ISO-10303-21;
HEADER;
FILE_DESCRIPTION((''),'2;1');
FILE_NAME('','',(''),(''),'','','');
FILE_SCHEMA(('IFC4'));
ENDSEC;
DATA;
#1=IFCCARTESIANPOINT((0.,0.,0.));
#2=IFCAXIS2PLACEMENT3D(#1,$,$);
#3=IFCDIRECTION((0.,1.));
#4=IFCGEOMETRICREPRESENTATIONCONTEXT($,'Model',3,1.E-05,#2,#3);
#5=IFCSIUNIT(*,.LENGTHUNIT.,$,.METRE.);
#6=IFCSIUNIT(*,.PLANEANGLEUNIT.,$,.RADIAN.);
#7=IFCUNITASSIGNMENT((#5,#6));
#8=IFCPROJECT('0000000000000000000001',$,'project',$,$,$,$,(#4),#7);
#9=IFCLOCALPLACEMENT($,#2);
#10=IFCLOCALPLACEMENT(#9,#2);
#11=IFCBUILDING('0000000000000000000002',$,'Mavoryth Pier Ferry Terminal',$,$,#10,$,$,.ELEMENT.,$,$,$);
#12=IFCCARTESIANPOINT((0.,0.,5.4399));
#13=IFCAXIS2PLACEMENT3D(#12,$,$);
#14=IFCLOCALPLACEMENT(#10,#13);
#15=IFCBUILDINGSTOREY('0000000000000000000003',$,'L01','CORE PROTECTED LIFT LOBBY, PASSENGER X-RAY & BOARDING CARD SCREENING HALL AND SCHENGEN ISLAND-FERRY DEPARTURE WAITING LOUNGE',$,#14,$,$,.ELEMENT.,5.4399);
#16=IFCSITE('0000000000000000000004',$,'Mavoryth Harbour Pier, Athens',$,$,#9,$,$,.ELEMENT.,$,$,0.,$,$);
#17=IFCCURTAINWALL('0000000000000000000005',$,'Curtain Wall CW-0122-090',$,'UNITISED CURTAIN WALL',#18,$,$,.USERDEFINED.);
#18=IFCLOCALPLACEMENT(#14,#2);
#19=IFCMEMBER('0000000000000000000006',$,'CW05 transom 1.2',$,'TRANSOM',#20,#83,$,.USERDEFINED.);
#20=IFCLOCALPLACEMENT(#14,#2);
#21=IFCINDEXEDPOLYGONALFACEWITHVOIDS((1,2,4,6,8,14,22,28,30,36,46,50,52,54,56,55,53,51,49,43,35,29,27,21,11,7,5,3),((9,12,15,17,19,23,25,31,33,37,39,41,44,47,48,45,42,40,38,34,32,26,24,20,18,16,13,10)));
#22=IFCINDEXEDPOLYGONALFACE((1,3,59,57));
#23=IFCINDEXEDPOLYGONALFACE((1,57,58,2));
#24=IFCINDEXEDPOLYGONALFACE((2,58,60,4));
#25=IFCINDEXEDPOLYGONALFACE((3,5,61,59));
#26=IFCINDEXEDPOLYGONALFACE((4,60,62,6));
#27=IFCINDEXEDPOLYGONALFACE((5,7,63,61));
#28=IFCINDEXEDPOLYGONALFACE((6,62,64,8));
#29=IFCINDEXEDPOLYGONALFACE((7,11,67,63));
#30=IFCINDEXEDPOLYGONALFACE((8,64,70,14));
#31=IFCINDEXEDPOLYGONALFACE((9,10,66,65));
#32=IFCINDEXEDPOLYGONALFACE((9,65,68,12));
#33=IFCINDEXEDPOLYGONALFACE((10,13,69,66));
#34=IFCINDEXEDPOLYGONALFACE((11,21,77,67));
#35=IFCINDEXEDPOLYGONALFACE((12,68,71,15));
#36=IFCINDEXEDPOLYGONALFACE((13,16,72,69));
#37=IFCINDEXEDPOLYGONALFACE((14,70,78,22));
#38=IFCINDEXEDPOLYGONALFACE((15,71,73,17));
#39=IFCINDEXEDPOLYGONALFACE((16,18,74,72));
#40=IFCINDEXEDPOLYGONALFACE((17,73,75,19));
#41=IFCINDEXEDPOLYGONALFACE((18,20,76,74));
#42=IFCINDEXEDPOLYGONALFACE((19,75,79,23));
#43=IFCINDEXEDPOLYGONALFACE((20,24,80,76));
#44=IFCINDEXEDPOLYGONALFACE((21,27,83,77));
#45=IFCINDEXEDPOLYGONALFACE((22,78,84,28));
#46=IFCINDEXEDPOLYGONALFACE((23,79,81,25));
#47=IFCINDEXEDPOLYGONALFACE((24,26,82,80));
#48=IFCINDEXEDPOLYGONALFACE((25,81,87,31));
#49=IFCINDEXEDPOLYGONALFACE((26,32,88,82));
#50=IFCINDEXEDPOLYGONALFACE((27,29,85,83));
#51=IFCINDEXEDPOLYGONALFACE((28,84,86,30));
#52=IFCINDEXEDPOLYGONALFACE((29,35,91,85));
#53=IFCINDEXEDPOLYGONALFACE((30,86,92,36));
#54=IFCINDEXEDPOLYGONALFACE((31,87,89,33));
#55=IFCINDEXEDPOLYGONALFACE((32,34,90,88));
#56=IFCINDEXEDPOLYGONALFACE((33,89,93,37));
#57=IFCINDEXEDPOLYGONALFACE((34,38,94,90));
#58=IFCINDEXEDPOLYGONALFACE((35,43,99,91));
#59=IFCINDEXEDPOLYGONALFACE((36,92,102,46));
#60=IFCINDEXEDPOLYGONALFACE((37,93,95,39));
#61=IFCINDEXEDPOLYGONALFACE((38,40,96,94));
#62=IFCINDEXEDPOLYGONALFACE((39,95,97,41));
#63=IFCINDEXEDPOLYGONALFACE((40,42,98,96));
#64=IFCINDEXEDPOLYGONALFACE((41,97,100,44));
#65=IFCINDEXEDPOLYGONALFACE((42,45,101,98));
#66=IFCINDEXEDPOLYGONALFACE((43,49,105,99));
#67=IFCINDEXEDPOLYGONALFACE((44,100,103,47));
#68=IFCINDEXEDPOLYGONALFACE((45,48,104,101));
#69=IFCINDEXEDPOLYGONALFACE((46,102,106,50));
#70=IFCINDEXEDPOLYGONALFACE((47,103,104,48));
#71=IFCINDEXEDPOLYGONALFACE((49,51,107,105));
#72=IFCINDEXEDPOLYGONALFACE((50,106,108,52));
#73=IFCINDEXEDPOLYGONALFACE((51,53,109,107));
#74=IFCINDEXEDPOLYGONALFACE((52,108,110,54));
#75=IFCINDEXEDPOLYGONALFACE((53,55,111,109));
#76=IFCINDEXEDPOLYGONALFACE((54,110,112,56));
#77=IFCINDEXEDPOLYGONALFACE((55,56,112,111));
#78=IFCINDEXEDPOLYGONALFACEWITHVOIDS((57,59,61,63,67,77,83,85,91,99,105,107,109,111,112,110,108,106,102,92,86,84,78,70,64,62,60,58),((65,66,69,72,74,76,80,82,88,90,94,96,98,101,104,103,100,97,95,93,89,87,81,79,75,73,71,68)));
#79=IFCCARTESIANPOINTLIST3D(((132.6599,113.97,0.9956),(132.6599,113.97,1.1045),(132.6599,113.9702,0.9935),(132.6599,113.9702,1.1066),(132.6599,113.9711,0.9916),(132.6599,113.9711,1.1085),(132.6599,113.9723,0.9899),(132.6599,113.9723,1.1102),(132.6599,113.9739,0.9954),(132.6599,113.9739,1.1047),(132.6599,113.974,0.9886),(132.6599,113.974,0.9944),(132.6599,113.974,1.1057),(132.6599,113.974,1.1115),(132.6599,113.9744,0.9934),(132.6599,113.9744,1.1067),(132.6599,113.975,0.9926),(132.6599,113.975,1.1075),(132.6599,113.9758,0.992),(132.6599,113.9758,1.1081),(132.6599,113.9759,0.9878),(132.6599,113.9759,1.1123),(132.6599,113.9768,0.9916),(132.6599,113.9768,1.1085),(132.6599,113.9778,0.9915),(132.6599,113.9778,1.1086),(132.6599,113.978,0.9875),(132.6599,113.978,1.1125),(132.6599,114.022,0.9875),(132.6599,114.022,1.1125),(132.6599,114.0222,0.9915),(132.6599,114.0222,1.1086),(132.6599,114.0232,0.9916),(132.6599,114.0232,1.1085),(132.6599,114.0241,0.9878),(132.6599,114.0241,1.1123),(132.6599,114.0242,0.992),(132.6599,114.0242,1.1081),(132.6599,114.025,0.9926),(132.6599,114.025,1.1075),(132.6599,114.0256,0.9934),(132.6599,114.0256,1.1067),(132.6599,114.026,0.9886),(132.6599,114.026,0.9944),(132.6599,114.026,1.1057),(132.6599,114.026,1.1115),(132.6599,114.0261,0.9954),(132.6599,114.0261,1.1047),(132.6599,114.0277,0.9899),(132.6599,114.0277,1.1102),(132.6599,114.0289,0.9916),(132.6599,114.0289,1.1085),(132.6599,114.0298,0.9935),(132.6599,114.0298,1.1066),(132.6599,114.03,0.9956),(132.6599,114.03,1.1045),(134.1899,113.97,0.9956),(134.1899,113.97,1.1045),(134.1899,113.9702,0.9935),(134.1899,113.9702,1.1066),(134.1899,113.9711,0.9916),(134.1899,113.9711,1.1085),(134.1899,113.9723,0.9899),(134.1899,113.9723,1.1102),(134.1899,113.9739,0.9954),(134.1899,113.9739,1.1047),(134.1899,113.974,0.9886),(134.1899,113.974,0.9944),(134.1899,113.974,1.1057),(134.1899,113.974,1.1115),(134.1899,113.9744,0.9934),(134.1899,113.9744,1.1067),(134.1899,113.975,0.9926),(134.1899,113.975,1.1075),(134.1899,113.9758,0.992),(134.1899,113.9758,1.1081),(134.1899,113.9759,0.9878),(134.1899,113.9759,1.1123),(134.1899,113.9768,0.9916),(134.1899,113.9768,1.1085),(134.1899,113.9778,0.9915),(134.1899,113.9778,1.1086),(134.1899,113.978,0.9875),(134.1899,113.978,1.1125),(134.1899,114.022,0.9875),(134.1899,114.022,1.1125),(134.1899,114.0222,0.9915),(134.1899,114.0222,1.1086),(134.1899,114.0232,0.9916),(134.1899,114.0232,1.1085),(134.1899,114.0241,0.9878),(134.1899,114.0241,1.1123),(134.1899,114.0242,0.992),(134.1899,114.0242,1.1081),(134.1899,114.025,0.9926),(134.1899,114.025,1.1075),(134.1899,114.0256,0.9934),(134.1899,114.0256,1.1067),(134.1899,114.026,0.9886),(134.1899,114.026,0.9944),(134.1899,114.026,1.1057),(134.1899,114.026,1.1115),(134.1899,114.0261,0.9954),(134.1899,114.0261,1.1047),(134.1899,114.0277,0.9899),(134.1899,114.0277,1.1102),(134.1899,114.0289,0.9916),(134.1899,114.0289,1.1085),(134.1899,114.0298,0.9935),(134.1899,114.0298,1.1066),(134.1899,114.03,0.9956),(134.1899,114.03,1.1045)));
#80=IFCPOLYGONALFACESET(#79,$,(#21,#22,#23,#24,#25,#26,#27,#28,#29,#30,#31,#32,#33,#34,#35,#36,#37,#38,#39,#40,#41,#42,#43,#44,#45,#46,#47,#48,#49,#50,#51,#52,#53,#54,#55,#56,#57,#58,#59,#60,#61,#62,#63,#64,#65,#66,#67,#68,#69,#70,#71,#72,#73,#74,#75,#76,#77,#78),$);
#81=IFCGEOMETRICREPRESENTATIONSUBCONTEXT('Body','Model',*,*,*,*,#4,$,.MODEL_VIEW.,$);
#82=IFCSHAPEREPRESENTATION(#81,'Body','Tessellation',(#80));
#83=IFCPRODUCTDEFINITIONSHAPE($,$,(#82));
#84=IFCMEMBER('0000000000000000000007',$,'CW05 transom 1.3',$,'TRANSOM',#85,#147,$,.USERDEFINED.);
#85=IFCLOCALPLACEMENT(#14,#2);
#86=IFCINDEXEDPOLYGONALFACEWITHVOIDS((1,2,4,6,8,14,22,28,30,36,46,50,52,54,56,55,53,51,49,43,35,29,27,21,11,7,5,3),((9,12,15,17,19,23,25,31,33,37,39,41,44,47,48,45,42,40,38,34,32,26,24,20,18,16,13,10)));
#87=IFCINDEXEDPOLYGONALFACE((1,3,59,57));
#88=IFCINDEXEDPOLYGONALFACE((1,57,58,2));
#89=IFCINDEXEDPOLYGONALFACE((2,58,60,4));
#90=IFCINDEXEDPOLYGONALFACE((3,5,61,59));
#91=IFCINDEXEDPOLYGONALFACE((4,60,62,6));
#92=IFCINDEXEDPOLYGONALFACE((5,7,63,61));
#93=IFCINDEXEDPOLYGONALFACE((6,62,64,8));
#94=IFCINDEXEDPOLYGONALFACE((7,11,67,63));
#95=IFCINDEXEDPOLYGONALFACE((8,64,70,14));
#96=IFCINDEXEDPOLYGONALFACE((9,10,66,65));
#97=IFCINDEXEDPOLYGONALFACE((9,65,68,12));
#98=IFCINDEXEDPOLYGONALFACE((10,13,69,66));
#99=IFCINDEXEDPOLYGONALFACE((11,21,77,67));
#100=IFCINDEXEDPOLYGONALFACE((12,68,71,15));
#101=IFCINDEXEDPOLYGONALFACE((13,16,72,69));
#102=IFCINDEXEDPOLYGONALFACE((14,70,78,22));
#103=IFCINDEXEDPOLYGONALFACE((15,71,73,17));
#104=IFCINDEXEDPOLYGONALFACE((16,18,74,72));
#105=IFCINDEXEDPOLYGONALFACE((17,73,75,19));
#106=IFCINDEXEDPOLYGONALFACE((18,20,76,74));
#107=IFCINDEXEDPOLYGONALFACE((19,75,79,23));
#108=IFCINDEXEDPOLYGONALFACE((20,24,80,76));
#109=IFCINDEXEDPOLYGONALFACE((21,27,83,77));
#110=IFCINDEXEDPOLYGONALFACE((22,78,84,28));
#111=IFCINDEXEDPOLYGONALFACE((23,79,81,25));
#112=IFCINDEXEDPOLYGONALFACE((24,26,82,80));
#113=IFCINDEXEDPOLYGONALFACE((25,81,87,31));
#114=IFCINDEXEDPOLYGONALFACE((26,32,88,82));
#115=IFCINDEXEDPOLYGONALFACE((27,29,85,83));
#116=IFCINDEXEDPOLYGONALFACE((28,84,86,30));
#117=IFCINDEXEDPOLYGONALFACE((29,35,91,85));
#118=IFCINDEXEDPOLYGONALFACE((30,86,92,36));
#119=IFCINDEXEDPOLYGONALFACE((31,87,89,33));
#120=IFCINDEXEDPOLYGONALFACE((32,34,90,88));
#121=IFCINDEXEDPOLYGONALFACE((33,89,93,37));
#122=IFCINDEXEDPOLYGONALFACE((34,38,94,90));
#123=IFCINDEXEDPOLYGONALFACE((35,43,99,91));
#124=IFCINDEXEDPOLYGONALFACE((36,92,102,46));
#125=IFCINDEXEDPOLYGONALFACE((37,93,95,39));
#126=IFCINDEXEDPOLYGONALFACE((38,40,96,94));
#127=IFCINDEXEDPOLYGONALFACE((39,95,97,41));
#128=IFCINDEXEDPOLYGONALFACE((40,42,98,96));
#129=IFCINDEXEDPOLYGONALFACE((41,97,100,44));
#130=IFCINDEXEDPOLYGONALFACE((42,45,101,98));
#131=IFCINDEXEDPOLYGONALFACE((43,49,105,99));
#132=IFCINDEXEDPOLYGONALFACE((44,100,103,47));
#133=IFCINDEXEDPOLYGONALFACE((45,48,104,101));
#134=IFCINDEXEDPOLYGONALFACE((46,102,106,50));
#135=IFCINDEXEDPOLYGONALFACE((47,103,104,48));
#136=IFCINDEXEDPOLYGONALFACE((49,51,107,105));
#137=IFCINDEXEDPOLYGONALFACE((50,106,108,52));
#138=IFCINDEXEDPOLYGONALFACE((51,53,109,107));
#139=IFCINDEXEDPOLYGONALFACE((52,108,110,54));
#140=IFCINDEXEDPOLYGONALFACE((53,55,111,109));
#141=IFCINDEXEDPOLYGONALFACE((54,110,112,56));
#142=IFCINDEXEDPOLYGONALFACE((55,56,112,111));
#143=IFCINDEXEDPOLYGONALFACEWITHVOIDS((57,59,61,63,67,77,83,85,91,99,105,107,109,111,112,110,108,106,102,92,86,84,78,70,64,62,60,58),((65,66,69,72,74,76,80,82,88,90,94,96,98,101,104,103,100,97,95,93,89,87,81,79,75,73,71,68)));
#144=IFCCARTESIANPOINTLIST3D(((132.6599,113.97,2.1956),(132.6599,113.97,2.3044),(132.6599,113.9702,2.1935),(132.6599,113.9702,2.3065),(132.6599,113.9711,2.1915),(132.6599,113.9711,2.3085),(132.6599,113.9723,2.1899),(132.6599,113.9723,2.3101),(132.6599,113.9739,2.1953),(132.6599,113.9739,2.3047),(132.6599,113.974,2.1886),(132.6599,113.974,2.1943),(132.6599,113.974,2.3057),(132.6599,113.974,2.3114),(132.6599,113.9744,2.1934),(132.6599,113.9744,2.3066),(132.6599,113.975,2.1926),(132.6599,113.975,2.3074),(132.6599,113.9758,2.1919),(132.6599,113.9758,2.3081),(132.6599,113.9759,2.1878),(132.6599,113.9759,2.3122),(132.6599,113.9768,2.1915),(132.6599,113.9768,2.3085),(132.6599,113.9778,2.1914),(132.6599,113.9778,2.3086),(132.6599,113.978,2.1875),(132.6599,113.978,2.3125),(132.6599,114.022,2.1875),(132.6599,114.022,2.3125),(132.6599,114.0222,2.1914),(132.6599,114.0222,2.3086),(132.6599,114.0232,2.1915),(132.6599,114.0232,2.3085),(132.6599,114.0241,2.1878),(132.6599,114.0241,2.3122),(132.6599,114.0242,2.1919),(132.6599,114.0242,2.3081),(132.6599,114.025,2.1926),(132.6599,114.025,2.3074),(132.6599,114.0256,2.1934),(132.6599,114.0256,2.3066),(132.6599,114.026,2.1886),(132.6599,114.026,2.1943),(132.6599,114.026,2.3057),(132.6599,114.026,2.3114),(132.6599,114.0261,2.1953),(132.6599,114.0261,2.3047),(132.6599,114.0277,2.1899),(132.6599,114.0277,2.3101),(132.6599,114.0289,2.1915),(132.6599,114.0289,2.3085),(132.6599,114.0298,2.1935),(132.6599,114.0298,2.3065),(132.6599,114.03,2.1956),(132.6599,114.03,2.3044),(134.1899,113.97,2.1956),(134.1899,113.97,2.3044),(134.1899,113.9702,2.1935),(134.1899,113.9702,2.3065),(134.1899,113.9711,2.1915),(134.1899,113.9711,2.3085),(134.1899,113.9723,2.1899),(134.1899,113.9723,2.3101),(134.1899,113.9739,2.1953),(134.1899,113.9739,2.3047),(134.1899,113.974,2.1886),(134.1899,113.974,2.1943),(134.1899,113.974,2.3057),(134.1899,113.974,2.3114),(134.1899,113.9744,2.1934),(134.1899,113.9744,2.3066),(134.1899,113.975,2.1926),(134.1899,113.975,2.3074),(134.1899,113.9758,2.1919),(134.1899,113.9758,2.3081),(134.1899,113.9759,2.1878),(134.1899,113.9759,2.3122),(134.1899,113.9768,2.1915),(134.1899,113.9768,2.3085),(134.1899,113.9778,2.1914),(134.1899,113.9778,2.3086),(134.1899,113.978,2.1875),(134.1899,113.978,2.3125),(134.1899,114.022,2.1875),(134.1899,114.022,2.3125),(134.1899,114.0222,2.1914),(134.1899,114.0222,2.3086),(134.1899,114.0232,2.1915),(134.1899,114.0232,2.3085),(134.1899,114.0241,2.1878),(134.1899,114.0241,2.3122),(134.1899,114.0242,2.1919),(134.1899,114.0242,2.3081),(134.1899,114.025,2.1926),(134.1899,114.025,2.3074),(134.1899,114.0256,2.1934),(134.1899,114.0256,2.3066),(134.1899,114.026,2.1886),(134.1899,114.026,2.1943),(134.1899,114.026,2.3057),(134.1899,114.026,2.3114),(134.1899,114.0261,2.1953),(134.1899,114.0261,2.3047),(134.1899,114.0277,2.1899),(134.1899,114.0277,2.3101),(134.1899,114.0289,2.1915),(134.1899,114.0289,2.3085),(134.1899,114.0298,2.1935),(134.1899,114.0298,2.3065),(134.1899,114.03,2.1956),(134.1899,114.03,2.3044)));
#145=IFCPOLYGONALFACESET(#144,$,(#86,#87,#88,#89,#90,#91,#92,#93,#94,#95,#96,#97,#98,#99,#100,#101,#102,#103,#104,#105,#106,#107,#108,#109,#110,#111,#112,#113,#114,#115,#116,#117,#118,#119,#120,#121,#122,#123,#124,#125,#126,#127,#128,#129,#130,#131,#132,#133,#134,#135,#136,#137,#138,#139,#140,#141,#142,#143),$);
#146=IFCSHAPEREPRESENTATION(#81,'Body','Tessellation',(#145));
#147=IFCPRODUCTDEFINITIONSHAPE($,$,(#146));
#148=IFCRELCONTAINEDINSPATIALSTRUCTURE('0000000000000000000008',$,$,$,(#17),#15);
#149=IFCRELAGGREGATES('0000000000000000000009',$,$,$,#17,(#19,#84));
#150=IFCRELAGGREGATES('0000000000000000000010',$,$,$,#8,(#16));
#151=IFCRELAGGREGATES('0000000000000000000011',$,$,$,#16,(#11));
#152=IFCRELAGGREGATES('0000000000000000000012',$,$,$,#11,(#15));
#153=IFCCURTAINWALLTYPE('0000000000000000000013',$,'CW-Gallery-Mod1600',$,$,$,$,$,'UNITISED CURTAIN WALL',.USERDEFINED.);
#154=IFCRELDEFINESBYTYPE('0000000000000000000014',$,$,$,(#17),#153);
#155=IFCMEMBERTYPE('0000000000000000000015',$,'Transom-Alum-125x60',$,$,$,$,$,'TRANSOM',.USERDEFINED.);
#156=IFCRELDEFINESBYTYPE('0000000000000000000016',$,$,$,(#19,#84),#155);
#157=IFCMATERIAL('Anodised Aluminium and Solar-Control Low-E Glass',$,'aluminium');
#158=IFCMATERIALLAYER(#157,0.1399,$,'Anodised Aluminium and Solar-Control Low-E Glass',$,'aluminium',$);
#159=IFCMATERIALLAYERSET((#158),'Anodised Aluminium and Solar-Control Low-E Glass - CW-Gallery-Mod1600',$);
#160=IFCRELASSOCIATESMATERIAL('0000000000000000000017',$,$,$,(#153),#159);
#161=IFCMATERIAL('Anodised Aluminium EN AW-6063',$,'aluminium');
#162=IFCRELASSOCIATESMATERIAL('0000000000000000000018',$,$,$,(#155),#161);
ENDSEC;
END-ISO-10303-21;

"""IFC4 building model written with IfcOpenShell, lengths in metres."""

from ifc_helpers import new_model, si_unit, direction, frame, origin, origin_2d, place, context, subcontext, project, spatial, hollow_rectangle, extrude, material, layer, layer_set, material_profile, profile_set, type_object, element, aggregate, save


model = new_model("IFC4")

# Units and contexts
model_context = context("Model", 3, precision=1e-05, world=origin(), true_north=direction((0.0, 1.0)))
body_context = subcontext(model_context, "Body", "Model", "MODEL_VIEW")
ifc_project = project(units=[si_unit("LENGTHUNIT", "METRE"), si_unit("PLANEANGLEUNIT", "RADIAN")], contexts=[model_context])

# Site, building, storey
site_placement = place(None, origin())
site = spatial("IfcSite", under=ifc_project, at=site_placement, Name="Mavoryth Harbour Pier, Athens", CompositionType="ELEMENT", RefElevation=0.0)
building_placement = place(site_placement, origin())
building = spatial("IfcBuilding", under=site, at=building_placement, Name="Mavoryth Pier Ferry Terminal", CompositionType="ELEMENT")
storey_placement = place(building_placement, frame((0.0, 0.0, 5.4399)))
storey = spatial("IfcBuildingStorey", under=building, at=storey_placement, Name="L01", Description="CORE PROTECTED LIFT LOBBY, PASSENGER X-RAY & BOARDING CARD SCREENING HALL AND SCHENGEN ISLAND-FERRY DEPARTURE WAITING LOUNGE", CompositionType="ELEMENT", Elevation=5.4399)

# Curtain wall
ifc_material_1 = material(Name="Anodised Aluminium and Solar-Control Low-E Glass", Category="aluminium")
ifc_layer_1 = layer(ifc_material_1, 0.1399, Name="Anodised Aluminium and Solar-Control Low-E Glass", Category="aluminium")
ifc_layer_set_1 = layer_set([ifc_layer_1], Name="Anodised Aluminium and Solar-Control Low-E Glass - CW-Gallery-Mod1600")
curtain_wall_type = type_object("IfcCurtainWallType", Name="CW-Gallery-Mod1600", ElementType="UNITISED CURTAIN WALL", PredefinedType="USERDEFINED", material=ifc_layer_set_1)
curtain_wall_1_placement = place(storey_placement, origin())
curtain_wall_1 = element("IfcCurtainWall", 1, at=curtain_wall_1_placement, inside=storey, type_object=curtain_wall_type, Name="Curtain Wall CW-0122-090", ObjectType="UNITISED CURTAIN WALL", PredefinedType="USERDEFINED")
ifc_material_2 = material(Name="Anodised Aluminium EN AW-6063", Category="aluminium")

# Members
ifc_material_profile_1 = material_profile(ifc_material_2, hollow_rectangle(XDim=0.0601, YDim=0.125, WallThickness=0.0039, InnerFilletRadius=0.0039, OuterFilletRadius=0.0081, at=origin_2d()), Name="AL-TRAN 125x60x4", Category="aluminium")
ifc_profile_set_1 = profile_set([ifc_material_profile_1], Name="Anodised Aluminium EN AW-6063 - AL-TRAN 125x60x4")
member_type_1 = type_object("IfcMemberType", Name="Transom-Alum-125x60", ElementType="TRANSOM", PredefinedType="USERDEFINED", material=ifc_profile_set_1)
member_1_placement = place(storey_placement, frame((134.1899, 114.0, 1.05), z_axis=(-1.0, 0.0, 0.0), x_axis=(0.0, -1.0, 0.0)))
member_1 = element("IfcMember", 2, at=member_1_placement, type_object=member_type_1, Name="CW05 transom 1.2", ObjectType="TRANSOM", PredefinedType="USERDEFINED", context=body_context, shape_type="SweptSolid", body=[
    extrude(hollow_rectangle(XDim=0.0601, YDim=0.125, WallThickness=0.0039, InnerFilletRadius=0.0039, OuterFilletRadius=0.0081, at=origin_2d()), origin(), (0.0, 0.0, 1.0), 1.53),
])
member_2_placement = place(storey_placement, frame((134.1899, 114.0, 2.25), z_axis=(-1.0, 0.0, 0.0), x_axis=(0.0, -1.0, 0.0)))
member_2 = element("IfcMember", 3, at=member_2_placement, type_object=member_type_1, Name="CW05 transom 1.3", ObjectType="TRANSOM", PredefinedType="USERDEFINED", context=body_context, shape_type="SweptSolid", body=[
    extrude(hollow_rectangle(XDim=0.0601, YDim=0.125, WallThickness=0.0039, InnerFilletRadius=0.0039, OuterFilletRadius=0.0081, at=origin_2d()), origin(), (0.0, 0.0, 1.0), 1.53),
])

aggregate(curtain_wall_1, [member_1, member_2])

save(model, "model.ifc")
